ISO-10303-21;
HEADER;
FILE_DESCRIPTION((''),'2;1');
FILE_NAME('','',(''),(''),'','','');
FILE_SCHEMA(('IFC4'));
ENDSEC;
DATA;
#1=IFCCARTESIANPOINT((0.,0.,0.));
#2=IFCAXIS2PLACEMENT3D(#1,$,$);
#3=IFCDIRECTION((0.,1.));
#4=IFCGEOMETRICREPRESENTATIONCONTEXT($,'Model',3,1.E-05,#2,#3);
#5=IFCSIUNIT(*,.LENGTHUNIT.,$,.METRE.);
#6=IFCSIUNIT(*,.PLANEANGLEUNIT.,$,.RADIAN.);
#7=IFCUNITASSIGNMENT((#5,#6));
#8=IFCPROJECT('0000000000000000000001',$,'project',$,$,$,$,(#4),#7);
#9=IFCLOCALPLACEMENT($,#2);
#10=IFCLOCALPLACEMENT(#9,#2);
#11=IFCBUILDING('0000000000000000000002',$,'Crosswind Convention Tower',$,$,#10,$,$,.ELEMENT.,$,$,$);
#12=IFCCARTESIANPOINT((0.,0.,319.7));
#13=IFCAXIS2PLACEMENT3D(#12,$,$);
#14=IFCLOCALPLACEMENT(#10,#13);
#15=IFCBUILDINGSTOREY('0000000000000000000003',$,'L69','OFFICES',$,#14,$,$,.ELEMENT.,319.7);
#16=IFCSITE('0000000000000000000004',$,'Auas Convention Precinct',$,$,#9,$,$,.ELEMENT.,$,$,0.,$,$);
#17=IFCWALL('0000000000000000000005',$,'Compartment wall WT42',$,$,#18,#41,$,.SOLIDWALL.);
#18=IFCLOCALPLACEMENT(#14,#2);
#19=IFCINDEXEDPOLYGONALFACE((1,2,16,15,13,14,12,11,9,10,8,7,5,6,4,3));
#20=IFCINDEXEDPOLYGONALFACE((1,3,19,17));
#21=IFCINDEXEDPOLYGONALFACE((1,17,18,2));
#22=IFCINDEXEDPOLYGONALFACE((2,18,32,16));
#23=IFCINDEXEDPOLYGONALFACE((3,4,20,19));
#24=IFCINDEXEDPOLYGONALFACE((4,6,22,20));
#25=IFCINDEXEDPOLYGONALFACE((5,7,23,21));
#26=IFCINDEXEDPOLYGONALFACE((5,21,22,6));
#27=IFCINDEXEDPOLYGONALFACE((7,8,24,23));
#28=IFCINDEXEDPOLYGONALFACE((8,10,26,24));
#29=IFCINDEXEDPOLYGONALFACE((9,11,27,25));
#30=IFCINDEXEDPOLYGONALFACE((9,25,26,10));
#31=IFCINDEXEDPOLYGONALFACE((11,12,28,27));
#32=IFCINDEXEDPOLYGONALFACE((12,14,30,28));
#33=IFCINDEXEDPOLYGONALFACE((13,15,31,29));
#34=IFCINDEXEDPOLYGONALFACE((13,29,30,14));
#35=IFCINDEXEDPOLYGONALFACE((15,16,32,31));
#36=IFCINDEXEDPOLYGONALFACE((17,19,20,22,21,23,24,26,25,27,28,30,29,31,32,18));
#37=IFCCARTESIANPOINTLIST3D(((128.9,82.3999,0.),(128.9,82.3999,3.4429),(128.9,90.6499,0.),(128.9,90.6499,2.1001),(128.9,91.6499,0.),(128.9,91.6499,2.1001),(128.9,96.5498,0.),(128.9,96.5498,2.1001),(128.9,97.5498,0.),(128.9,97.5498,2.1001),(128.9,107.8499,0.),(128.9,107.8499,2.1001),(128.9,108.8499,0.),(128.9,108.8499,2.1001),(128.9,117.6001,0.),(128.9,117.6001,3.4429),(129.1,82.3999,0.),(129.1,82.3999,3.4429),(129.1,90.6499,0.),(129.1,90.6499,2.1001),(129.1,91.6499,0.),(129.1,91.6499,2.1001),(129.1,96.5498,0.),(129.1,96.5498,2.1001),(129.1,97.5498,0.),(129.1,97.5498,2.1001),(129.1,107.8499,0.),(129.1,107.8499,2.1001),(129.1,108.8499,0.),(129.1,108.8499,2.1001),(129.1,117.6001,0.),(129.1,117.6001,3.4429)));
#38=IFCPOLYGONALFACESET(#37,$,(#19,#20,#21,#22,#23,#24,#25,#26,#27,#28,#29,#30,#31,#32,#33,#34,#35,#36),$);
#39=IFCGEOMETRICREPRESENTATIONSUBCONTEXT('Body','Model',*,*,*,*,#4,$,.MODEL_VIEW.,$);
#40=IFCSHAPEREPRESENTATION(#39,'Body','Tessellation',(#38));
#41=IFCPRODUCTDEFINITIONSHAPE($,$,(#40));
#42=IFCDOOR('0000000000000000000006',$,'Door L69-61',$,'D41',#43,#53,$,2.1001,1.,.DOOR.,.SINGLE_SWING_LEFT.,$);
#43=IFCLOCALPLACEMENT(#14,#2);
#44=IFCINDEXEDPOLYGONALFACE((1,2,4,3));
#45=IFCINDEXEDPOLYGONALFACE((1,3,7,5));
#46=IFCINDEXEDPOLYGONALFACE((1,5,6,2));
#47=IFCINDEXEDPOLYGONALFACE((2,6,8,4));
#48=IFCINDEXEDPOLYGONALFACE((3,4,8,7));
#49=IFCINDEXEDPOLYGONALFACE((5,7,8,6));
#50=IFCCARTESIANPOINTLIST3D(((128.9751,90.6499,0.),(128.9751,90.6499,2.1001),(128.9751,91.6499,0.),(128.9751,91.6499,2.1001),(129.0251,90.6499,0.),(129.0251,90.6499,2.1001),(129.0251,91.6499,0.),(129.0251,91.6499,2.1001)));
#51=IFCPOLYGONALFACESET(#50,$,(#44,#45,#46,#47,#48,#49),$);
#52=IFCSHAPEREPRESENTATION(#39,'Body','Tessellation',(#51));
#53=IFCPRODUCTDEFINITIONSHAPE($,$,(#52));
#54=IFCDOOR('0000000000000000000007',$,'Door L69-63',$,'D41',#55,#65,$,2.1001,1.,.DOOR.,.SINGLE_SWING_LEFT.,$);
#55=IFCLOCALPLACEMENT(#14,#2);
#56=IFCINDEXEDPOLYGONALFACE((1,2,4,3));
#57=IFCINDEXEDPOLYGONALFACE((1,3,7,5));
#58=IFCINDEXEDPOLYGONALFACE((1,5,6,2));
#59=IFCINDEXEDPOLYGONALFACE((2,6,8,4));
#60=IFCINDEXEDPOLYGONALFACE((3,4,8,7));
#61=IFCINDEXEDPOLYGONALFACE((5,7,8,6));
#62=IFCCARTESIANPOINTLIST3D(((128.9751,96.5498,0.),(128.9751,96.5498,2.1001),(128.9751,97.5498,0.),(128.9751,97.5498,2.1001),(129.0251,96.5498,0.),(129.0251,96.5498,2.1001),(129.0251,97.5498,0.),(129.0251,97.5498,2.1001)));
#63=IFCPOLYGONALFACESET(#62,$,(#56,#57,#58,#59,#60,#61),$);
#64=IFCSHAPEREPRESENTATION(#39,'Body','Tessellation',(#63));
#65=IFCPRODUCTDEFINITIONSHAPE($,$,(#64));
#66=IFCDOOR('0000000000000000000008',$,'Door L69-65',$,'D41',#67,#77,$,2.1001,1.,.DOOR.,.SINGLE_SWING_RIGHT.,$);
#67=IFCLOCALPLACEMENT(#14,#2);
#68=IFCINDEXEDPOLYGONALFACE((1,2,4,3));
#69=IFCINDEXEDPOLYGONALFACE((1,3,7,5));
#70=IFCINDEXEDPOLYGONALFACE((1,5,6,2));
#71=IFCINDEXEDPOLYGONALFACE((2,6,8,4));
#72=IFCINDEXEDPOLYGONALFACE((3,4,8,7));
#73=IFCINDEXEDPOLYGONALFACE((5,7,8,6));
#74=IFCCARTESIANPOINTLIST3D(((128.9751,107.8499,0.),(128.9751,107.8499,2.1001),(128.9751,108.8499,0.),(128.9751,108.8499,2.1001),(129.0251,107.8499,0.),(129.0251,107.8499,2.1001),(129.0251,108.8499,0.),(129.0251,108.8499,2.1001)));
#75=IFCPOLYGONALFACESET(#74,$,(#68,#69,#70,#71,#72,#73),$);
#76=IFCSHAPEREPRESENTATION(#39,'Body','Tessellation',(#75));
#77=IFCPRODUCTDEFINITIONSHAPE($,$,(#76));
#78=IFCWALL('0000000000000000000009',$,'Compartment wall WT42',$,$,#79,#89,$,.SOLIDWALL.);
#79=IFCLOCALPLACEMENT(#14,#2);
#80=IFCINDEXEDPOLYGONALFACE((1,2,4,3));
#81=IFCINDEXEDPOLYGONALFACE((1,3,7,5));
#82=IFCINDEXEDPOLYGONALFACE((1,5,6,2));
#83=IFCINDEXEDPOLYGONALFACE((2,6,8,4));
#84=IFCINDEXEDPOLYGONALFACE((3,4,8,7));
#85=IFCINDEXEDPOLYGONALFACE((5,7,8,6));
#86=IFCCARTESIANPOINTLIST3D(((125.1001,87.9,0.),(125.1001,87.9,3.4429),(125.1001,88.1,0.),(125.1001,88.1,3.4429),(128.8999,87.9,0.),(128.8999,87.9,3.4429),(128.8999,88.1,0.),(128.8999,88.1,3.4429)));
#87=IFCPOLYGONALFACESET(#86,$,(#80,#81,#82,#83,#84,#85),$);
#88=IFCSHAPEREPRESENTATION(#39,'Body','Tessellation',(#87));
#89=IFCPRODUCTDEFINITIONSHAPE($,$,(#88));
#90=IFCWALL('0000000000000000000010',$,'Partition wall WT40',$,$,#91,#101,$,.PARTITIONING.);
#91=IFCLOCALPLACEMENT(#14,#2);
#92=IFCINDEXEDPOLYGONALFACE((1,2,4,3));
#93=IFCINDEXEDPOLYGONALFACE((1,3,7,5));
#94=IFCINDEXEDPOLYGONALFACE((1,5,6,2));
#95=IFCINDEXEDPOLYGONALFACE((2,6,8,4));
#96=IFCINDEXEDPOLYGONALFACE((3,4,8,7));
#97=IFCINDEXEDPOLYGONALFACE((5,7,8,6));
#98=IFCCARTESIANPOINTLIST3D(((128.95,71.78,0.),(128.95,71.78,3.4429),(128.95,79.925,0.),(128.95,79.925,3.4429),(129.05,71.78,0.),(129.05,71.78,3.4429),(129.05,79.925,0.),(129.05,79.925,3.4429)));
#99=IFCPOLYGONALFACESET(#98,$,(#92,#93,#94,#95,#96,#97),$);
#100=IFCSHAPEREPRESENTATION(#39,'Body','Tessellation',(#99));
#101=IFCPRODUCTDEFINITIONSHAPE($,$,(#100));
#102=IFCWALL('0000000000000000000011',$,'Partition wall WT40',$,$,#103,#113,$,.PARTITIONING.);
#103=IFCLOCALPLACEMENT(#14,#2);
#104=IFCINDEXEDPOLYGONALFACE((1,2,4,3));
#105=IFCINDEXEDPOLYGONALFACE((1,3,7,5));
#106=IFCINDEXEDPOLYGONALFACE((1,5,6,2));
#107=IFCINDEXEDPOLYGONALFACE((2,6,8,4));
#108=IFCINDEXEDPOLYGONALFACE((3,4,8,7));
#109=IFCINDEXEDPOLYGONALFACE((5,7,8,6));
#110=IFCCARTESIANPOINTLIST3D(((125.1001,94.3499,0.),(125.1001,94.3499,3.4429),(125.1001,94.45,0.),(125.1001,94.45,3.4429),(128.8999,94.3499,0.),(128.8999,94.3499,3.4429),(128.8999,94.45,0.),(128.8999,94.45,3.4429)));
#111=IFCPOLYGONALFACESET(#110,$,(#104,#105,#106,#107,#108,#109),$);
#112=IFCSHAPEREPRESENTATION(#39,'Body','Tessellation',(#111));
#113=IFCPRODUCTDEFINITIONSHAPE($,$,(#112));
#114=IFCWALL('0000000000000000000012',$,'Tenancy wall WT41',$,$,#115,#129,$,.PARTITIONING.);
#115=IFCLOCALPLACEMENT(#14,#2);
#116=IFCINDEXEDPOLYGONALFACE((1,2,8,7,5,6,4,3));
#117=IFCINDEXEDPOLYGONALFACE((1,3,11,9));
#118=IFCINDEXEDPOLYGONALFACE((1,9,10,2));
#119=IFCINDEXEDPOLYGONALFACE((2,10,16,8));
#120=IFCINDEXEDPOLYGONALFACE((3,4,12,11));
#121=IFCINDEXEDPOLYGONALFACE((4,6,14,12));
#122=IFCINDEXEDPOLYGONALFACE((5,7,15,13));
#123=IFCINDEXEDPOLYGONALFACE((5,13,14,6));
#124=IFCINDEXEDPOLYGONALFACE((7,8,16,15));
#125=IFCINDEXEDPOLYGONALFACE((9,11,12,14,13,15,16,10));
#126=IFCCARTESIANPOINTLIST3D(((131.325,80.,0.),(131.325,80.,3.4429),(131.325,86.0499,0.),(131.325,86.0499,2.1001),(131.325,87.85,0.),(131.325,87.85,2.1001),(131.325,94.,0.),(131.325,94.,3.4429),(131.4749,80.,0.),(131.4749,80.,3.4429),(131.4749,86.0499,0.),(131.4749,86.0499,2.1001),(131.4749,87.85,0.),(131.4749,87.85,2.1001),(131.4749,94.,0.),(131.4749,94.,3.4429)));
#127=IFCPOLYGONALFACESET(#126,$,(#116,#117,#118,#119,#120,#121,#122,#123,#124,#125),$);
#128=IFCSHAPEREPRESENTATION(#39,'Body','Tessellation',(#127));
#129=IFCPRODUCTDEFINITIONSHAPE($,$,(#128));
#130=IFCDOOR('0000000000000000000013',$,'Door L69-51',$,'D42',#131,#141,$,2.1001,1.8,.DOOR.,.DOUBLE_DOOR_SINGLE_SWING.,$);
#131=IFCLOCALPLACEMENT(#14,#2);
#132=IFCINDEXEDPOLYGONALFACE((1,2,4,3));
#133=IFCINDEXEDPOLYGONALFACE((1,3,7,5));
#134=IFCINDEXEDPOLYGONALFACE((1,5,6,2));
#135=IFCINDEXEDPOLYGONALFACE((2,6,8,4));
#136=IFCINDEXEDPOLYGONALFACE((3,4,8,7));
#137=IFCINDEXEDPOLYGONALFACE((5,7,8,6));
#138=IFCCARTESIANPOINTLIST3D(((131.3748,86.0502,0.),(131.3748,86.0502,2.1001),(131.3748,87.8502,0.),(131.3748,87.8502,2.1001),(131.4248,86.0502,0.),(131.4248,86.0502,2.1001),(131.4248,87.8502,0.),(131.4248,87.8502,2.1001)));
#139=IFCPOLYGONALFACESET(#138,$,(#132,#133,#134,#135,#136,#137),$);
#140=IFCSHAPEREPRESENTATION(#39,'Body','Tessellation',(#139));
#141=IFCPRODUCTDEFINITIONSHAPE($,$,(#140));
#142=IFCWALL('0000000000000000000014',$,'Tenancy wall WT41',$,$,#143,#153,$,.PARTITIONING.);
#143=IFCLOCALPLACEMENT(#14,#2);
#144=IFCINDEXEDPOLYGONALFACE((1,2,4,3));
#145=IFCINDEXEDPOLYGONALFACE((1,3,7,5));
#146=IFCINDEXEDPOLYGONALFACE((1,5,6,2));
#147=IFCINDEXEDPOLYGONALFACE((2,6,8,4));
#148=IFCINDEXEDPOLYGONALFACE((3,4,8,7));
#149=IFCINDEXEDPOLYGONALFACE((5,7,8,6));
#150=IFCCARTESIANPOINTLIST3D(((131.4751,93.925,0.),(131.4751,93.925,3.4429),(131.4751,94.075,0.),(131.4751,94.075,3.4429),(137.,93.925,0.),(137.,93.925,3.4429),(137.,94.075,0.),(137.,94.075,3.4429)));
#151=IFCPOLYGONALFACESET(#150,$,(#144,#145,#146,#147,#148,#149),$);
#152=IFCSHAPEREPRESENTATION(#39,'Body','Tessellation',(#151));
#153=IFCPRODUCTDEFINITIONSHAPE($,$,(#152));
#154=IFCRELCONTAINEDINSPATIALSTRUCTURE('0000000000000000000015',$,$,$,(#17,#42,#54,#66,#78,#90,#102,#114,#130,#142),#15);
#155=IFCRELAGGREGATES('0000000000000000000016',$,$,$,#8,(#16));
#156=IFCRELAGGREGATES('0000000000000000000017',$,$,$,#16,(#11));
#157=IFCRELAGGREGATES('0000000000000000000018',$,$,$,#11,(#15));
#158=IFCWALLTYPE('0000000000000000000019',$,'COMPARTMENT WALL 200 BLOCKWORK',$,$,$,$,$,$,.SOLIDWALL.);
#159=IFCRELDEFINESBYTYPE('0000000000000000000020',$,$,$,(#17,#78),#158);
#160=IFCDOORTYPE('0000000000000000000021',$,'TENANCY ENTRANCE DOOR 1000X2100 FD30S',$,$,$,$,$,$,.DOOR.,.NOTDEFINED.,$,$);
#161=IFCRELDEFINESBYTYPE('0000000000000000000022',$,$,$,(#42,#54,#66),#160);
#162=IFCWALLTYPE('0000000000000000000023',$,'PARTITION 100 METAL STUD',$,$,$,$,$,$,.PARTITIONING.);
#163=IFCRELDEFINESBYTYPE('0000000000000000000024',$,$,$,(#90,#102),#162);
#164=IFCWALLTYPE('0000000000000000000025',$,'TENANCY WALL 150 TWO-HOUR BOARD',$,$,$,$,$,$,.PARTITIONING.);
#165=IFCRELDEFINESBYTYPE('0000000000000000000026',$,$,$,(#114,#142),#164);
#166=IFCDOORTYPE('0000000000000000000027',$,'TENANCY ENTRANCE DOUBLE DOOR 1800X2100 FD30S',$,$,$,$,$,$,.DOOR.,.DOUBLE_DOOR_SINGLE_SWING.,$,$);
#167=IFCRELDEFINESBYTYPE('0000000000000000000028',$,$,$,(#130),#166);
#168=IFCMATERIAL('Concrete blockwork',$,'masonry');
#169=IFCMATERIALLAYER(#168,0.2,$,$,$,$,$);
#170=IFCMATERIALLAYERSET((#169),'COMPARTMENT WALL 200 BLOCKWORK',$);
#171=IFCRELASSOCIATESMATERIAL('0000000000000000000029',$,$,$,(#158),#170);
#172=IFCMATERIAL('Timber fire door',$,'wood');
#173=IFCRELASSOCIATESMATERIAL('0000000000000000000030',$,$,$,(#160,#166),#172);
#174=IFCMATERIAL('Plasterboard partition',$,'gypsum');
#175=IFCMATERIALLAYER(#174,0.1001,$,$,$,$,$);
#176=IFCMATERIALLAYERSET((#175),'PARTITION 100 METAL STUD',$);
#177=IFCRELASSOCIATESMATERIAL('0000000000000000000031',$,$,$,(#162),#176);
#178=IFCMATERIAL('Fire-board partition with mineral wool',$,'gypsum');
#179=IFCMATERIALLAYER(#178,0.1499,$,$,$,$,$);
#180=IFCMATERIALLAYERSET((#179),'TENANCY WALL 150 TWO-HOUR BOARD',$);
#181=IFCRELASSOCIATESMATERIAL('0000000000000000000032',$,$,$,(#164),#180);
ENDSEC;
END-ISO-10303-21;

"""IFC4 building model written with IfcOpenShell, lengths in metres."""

from ifc_helpers import new_model, si_unit, direction, frame, frame_2d, origin, place, context, subcontext, project, spatial, rectangle, extrude, material, layer, layer_set, type_object, element, fill, save


model = new_model("IFC4")

# Units and contexts
model_context = context("Model", 3, precision=1e-05, world=origin(), true_north=direction((0.0, 1.0)))
body_context = subcontext(model_context, "Body", "Model", "MODEL_VIEW")
ifc_project = project(units=[si_unit("LENGTHUNIT", "METRE"), si_unit("PLANEANGLEUNIT", "RADIAN")], contexts=[model_context])

# Site, building, storey
site_placement = place(None, origin())
site = spatial("IfcSite", under=ifc_project, at=site_placement, Name="Auas Convention Precinct", CompositionType="ELEMENT", RefElevation=0.0)
building_placement = place(site_placement, origin())
building = spatial("IfcBuilding", under=site, at=building_placement, Name="Crosswind Convention Tower", CompositionType="ELEMENT")
storey_placement = place(building_placement, frame((0.0, 0.0, 319.7)))
storey = spatial("IfcBuildingStorey", under=building, at=storey_placement, Name="L69", Description="OFFICES", CompositionType="ELEMENT", Elevation=319.7)

# Shared definitions
ifc_material_1 = material(Name="Concrete blockwork", Category="masonry")
ifc_layer_1 = layer(ifc_material_1, 0.2)
ifc_layer_set_1 = layer_set([ifc_layer_1], Name="COMPARTMENT WALL 200 BLOCKWORK")
wall_type_1 = type_object("IfcWallType", Name="COMPARTMENT WALL 200 BLOCKWORK", PredefinedType="SOLIDWALL", material=ifc_layer_set_1)

# Wall, openings, doors
wall_1_placement = place(storey_placement, frame((129.0, 82.3999, 0.0), z_axis=(0.0, 0.0, 1.0), x_axis=(0.0, 1.0, 0.0)))
wall_1 = element("IfcWall", 1, at=wall_1_placement, inside=storey, type_object=wall_type_1, Name="Compartment wall WT42", PredefinedType="SOLIDWALL", context=body_context, shape_type="SweptSolid", body=[
    extrude(rectangle(XDim=35.2002, YDim=0.2, at=frame_2d((17.6001, 0.0))), origin(), (0.0, 0.0, 1.0), 3.4429),
])
opening_1_placement = place(wall_1_placement, frame((8.25, 0.0, 0.0)))
opening_1 = element("IfcOpeningElement", 2, at=opening_1_placement, cuts=wall_1, PredefinedType="OPENING", context=body_context, shape_type="SweptSolid", body=[
    extrude(rectangle(XDim=1.0, YDim=2.1001, at=frame_2d((0.5, 1.05))), frame((0.0, 0.1099, 0.0), z_axis=(0.0, -1.0, 0.0), x_axis=(1.0, 0.0, 0.0)), (0.0, 0.0, 1.0), 0.22),
])
opening_2_placement = place(wall_1_placement, frame((14.1499, 0.0, 0.0)))
opening_2 = element("IfcOpeningElement", 3, at=opening_2_placement, cuts=wall_1, PredefinedType="OPENING", context=body_context, shape_type="SweptSolid", body=[
    extrude(rectangle(XDim=1.0, YDim=2.1001, at=frame_2d((0.5, 1.05))), frame((0.0, 0.1099, 0.0), z_axis=(0.0, -1.0, 0.0), x_axis=(1.0, 0.0, 0.0)), (0.0, 0.0, 1.0), 0.22),
])
opening_3_placement = place(wall_1_placement, frame((25.45, 0.0, 0.0)))
opening_3 = element("IfcOpeningElement", 4, at=opening_3_placement, cuts=wall_1, PredefinedType="OPENING", context=body_context, shape_type="SweptSolid", body=[
    extrude(rectangle(XDim=1.0, YDim=2.1001, at=frame_2d((0.5, 1.05))), frame((0.0, 0.1099, 0.0), z_axis=(0.0, -1.0, 0.0), x_axis=(1.0, 0.0, 0.0)), (0.0, 0.0, 1.0), 0.22),
])
ifc_material_2 = material(Name="Timber fire door", Category="wood")
door_type_1 = type_object("IfcDoorType", Name="TENANCY ENTRANCE DOOR 1000X2100 FD30S", OperationType="NOTDEFINED", PredefinedType="DOOR", material=ifc_material_2)
door_1_placement = place(opening_1_placement, origin())
door_1 = element("IfcDoor", 5, at=door_1_placement, inside=storey, type_object=door_type_1, Name="Door L69-61", ObjectType="D41", OperationType="SINGLE_SWING_LEFT", OverallHeight=2.1001, OverallWidth=1.0, PredefinedType="DOOR", context=body_context, shape_type="SweptSolid", body=[
    extrude(rectangle(XDim=1.0, YDim=2.1001, at=frame_2d((0.5, 1.05))), frame((0.0, 0.0249, 0.0), z_axis=(0.0, -1.0, 0.0), x_axis=(1.0, 0.0, 0.0)), (0.0, 0.0, 1.0), 0.05),
])
fill(opening_1, door_1)
door_2_placement = place(opening_2_placement, origin())
door_2 = element("IfcDoor", 6, at=door_2_placement, inside=storey, type_object=door_type_1, Name="Door L69-63", ObjectType="D41", OperationType="SINGLE_SWING_LEFT", OverallHeight=2.1001, OverallWidth=1.0, PredefinedType="DOOR", context=body_context, shape_type="SweptSolid", body=[
    extrude(rectangle(XDim=1.0, YDim=2.1001, at=frame_2d((0.5, 1.05))), frame((0.0, 0.0249, 0.0), z_axis=(0.0, -1.0, 0.0), x_axis=(1.0, 0.0, 0.0)), (0.0, 0.0, 1.0), 0.05),
])
fill(opening_2, door_2)
door_3_placement = place(opening_3_placement, origin())
door_3 = element("IfcDoor", 7, at=door_3_placement, inside=storey, type_object=door_type_1, Name="Door L69-65", ObjectType="D41", OperationType="SINGLE_SWING_RIGHT", OverallHeight=2.1001, OverallWidth=1.0, PredefinedType="DOOR", context=body_context, shape_type="SweptSolid", body=[
    extrude(rectangle(XDim=1.0, YDim=2.1001, at=frame_2d((0.5, 1.05))), frame((0.0, 0.0249, 0.0), z_axis=(0.0, -1.0, 0.0), x_axis=(1.0, 0.0, 0.0)), (0.0, 0.0, 1.0), 0.05),
])
fill(opening_3, door_3)

# Walls
wall_2_placement = place(storey_placement, frame((125.1001, 88.0, 0.0), z_axis=(0.0, 0.0, 1.0), x_axis=(1.0, 0.0, 0.0)))
element("IfcWall", 8, at=wall_2_placement, inside=storey, type_object=wall_type_1, Name="Compartment wall WT42", PredefinedType="SOLIDWALL", context=body_context, shape_type="SweptSolid", body=[
    extrude(rectangle(XDim=3.7998, YDim=0.2, at=frame_2d((1.8999, 0.0))), origin(), (0.0, 0.0, 1.0), 3.4429),
])
ifc_material_3 = material(Name="Plasterboard partition", Category="gypsum")
ifc_layer_2 = layer(ifc_material_3, 0.1001)
ifc_layer_set_2 = layer_set([ifc_layer_2], Name="PARTITION 100 METAL STUD")
wall_type_2 = type_object("IfcWallType", Name="PARTITION 100 METAL STUD", PredefinedType="PARTITIONING", material=ifc_layer_set_2)
wall_3_placement = place(storey_placement, frame((129.0, 71.78, 0.0), z_axis=(0.0, 0.0, 1.0), x_axis=(0.0, 1.0, 0.0)))
element("IfcWall", 9, at=wall_3_placement, inside=storey, type_object=wall_type_2, Name="Partition wall WT40", PredefinedType="PARTITIONING", context=body_context, shape_type="SweptSolid", body=[
    extrude(rectangle(XDim=8.145, YDim=0.1001, at=frame_2d((4.0725, 0.0))), origin(), (0.0, 0.0, 1.0), 3.4429),
])
wall_4_placement = place(storey_placement, frame((125.1001, 94.3999, 0.0), z_axis=(0.0, 0.0, 1.0), x_axis=(1.0, 0.0, 0.0)))
element("IfcWall", 10, at=wall_4_placement, inside=storey, type_object=wall_type_2, Name="Partition wall WT40", PredefinedType="PARTITIONING", context=body_context, shape_type="SweptSolid", body=[
    extrude(rectangle(XDim=3.7998, YDim=0.1001, at=frame_2d((1.8999, 0.0))), origin(), (0.0, 0.0, 1.0), 3.4429),
])

# Wall, opening, door
ifc_material_4 = material(Name="Fire-board partition with mineral wool", Category="gypsum")
ifc_layer_3 = layer(ifc_material_4, 0.1499)
ifc_layer_set_3 = layer_set([ifc_layer_3], Name="TENANCY WALL 150 TWO-HOUR BOARD")
wall_type_3 = type_object("IfcWallType", Name="TENANCY WALL 150 TWO-HOUR BOARD", PredefinedType="PARTITIONING", material=ifc_layer_set_3)
wall_5_placement = place(storey_placement, frame((131.3999, 80.0, 0.0), z_axis=(0.0, 0.0, 1.0), x_axis=(0.0, 1.0, 0.0)))
wall_5 = element("IfcWall", 11, at=wall_5_placement, inside=storey, type_object=wall_type_3, Name="Tenancy wall WT41", PredefinedType="PARTITIONING", context=body_context, shape_type="SweptSolid", body=[
    extrude(rectangle(XDim=14.0, YDim=0.1499, at=frame_2d((7.0, 0.0))), origin(), (0.0, 0.0, 1.0), 3.4429),
])
opening_4_placement = place(wall_5_placement, frame((6.05, 0.0, 0.0)))
opening_4 = element("IfcOpeningElement", 12, at=opening_4_placement, cuts=wall_5, PredefinedType="OPENING", context=body_context, shape_type="SweptSolid", body=[
    extrude(rectangle(XDim=1.8, YDim=2.1001, at=frame_2d((0.8999, 1.05))), frame((0.0, 0.085, 0.0), z_axis=(0.0, -1.0, 0.0), x_axis=(1.0, 0.0, 0.0)), (0.0, 0.0, 1.0), 0.1699),
])
door_type_2 = type_object("IfcDoorType", Name="TENANCY ENTRANCE DOUBLE DOOR 1800X2100 FD30S", OperationType="DOUBLE_DOOR_SINGLE_SWING", PredefinedType="DOOR", material=ifc_material_2)
door_4_placement = place(opening_4_placement, frame((1.8, 0.0, 0.0), z_axis=(0.0, 0.0, 1.0), x_axis=(-1.0, 0.0, 0.0)))
door_4 = element("IfcDoor", 13, at=door_4_placement, inside=storey, type_object=door_type_2, Name="Door L69-51", ObjectType="D42", OperationType="DOUBLE_DOOR_SINGLE_SWING", OverallHeight=2.1001, OverallWidth=1.8, PredefinedType="DOOR", context=body_context, shape_type="SweptSolid", body=[
    extrude(rectangle(XDim=1.8, YDim=2.1001, at=frame_2d((0.8999, 1.05))), frame((0.0, 0.0249, 0.0), z_axis=(0.0, -1.0, 0.0), x_axis=(1.0, 0.0, 0.0)), (0.0, 0.0, 1.0), 0.05),
])
fill(opening_4, door_4)

# Wall
wall_6_placement = place(storey_placement, frame((131.4751, 94.0, 0.0), z_axis=(0.0, 0.0, 1.0), x_axis=(1.0, 0.0, 0.0)))
element("IfcWall", 14, at=wall_6_placement, inside=storey, type_object=wall_type_3, Name="Tenancy wall WT41", PredefinedType="PARTITIONING", context=body_context, shape_type="SweptSolid", body=[
    extrude(rectangle(XDim=5.5249, YDim=0.1499, at=frame_2d((2.7625, 0.0))), origin(), (0.0, 0.0, 1.0), 3.4429),
])

save(model, "model.ifc")
